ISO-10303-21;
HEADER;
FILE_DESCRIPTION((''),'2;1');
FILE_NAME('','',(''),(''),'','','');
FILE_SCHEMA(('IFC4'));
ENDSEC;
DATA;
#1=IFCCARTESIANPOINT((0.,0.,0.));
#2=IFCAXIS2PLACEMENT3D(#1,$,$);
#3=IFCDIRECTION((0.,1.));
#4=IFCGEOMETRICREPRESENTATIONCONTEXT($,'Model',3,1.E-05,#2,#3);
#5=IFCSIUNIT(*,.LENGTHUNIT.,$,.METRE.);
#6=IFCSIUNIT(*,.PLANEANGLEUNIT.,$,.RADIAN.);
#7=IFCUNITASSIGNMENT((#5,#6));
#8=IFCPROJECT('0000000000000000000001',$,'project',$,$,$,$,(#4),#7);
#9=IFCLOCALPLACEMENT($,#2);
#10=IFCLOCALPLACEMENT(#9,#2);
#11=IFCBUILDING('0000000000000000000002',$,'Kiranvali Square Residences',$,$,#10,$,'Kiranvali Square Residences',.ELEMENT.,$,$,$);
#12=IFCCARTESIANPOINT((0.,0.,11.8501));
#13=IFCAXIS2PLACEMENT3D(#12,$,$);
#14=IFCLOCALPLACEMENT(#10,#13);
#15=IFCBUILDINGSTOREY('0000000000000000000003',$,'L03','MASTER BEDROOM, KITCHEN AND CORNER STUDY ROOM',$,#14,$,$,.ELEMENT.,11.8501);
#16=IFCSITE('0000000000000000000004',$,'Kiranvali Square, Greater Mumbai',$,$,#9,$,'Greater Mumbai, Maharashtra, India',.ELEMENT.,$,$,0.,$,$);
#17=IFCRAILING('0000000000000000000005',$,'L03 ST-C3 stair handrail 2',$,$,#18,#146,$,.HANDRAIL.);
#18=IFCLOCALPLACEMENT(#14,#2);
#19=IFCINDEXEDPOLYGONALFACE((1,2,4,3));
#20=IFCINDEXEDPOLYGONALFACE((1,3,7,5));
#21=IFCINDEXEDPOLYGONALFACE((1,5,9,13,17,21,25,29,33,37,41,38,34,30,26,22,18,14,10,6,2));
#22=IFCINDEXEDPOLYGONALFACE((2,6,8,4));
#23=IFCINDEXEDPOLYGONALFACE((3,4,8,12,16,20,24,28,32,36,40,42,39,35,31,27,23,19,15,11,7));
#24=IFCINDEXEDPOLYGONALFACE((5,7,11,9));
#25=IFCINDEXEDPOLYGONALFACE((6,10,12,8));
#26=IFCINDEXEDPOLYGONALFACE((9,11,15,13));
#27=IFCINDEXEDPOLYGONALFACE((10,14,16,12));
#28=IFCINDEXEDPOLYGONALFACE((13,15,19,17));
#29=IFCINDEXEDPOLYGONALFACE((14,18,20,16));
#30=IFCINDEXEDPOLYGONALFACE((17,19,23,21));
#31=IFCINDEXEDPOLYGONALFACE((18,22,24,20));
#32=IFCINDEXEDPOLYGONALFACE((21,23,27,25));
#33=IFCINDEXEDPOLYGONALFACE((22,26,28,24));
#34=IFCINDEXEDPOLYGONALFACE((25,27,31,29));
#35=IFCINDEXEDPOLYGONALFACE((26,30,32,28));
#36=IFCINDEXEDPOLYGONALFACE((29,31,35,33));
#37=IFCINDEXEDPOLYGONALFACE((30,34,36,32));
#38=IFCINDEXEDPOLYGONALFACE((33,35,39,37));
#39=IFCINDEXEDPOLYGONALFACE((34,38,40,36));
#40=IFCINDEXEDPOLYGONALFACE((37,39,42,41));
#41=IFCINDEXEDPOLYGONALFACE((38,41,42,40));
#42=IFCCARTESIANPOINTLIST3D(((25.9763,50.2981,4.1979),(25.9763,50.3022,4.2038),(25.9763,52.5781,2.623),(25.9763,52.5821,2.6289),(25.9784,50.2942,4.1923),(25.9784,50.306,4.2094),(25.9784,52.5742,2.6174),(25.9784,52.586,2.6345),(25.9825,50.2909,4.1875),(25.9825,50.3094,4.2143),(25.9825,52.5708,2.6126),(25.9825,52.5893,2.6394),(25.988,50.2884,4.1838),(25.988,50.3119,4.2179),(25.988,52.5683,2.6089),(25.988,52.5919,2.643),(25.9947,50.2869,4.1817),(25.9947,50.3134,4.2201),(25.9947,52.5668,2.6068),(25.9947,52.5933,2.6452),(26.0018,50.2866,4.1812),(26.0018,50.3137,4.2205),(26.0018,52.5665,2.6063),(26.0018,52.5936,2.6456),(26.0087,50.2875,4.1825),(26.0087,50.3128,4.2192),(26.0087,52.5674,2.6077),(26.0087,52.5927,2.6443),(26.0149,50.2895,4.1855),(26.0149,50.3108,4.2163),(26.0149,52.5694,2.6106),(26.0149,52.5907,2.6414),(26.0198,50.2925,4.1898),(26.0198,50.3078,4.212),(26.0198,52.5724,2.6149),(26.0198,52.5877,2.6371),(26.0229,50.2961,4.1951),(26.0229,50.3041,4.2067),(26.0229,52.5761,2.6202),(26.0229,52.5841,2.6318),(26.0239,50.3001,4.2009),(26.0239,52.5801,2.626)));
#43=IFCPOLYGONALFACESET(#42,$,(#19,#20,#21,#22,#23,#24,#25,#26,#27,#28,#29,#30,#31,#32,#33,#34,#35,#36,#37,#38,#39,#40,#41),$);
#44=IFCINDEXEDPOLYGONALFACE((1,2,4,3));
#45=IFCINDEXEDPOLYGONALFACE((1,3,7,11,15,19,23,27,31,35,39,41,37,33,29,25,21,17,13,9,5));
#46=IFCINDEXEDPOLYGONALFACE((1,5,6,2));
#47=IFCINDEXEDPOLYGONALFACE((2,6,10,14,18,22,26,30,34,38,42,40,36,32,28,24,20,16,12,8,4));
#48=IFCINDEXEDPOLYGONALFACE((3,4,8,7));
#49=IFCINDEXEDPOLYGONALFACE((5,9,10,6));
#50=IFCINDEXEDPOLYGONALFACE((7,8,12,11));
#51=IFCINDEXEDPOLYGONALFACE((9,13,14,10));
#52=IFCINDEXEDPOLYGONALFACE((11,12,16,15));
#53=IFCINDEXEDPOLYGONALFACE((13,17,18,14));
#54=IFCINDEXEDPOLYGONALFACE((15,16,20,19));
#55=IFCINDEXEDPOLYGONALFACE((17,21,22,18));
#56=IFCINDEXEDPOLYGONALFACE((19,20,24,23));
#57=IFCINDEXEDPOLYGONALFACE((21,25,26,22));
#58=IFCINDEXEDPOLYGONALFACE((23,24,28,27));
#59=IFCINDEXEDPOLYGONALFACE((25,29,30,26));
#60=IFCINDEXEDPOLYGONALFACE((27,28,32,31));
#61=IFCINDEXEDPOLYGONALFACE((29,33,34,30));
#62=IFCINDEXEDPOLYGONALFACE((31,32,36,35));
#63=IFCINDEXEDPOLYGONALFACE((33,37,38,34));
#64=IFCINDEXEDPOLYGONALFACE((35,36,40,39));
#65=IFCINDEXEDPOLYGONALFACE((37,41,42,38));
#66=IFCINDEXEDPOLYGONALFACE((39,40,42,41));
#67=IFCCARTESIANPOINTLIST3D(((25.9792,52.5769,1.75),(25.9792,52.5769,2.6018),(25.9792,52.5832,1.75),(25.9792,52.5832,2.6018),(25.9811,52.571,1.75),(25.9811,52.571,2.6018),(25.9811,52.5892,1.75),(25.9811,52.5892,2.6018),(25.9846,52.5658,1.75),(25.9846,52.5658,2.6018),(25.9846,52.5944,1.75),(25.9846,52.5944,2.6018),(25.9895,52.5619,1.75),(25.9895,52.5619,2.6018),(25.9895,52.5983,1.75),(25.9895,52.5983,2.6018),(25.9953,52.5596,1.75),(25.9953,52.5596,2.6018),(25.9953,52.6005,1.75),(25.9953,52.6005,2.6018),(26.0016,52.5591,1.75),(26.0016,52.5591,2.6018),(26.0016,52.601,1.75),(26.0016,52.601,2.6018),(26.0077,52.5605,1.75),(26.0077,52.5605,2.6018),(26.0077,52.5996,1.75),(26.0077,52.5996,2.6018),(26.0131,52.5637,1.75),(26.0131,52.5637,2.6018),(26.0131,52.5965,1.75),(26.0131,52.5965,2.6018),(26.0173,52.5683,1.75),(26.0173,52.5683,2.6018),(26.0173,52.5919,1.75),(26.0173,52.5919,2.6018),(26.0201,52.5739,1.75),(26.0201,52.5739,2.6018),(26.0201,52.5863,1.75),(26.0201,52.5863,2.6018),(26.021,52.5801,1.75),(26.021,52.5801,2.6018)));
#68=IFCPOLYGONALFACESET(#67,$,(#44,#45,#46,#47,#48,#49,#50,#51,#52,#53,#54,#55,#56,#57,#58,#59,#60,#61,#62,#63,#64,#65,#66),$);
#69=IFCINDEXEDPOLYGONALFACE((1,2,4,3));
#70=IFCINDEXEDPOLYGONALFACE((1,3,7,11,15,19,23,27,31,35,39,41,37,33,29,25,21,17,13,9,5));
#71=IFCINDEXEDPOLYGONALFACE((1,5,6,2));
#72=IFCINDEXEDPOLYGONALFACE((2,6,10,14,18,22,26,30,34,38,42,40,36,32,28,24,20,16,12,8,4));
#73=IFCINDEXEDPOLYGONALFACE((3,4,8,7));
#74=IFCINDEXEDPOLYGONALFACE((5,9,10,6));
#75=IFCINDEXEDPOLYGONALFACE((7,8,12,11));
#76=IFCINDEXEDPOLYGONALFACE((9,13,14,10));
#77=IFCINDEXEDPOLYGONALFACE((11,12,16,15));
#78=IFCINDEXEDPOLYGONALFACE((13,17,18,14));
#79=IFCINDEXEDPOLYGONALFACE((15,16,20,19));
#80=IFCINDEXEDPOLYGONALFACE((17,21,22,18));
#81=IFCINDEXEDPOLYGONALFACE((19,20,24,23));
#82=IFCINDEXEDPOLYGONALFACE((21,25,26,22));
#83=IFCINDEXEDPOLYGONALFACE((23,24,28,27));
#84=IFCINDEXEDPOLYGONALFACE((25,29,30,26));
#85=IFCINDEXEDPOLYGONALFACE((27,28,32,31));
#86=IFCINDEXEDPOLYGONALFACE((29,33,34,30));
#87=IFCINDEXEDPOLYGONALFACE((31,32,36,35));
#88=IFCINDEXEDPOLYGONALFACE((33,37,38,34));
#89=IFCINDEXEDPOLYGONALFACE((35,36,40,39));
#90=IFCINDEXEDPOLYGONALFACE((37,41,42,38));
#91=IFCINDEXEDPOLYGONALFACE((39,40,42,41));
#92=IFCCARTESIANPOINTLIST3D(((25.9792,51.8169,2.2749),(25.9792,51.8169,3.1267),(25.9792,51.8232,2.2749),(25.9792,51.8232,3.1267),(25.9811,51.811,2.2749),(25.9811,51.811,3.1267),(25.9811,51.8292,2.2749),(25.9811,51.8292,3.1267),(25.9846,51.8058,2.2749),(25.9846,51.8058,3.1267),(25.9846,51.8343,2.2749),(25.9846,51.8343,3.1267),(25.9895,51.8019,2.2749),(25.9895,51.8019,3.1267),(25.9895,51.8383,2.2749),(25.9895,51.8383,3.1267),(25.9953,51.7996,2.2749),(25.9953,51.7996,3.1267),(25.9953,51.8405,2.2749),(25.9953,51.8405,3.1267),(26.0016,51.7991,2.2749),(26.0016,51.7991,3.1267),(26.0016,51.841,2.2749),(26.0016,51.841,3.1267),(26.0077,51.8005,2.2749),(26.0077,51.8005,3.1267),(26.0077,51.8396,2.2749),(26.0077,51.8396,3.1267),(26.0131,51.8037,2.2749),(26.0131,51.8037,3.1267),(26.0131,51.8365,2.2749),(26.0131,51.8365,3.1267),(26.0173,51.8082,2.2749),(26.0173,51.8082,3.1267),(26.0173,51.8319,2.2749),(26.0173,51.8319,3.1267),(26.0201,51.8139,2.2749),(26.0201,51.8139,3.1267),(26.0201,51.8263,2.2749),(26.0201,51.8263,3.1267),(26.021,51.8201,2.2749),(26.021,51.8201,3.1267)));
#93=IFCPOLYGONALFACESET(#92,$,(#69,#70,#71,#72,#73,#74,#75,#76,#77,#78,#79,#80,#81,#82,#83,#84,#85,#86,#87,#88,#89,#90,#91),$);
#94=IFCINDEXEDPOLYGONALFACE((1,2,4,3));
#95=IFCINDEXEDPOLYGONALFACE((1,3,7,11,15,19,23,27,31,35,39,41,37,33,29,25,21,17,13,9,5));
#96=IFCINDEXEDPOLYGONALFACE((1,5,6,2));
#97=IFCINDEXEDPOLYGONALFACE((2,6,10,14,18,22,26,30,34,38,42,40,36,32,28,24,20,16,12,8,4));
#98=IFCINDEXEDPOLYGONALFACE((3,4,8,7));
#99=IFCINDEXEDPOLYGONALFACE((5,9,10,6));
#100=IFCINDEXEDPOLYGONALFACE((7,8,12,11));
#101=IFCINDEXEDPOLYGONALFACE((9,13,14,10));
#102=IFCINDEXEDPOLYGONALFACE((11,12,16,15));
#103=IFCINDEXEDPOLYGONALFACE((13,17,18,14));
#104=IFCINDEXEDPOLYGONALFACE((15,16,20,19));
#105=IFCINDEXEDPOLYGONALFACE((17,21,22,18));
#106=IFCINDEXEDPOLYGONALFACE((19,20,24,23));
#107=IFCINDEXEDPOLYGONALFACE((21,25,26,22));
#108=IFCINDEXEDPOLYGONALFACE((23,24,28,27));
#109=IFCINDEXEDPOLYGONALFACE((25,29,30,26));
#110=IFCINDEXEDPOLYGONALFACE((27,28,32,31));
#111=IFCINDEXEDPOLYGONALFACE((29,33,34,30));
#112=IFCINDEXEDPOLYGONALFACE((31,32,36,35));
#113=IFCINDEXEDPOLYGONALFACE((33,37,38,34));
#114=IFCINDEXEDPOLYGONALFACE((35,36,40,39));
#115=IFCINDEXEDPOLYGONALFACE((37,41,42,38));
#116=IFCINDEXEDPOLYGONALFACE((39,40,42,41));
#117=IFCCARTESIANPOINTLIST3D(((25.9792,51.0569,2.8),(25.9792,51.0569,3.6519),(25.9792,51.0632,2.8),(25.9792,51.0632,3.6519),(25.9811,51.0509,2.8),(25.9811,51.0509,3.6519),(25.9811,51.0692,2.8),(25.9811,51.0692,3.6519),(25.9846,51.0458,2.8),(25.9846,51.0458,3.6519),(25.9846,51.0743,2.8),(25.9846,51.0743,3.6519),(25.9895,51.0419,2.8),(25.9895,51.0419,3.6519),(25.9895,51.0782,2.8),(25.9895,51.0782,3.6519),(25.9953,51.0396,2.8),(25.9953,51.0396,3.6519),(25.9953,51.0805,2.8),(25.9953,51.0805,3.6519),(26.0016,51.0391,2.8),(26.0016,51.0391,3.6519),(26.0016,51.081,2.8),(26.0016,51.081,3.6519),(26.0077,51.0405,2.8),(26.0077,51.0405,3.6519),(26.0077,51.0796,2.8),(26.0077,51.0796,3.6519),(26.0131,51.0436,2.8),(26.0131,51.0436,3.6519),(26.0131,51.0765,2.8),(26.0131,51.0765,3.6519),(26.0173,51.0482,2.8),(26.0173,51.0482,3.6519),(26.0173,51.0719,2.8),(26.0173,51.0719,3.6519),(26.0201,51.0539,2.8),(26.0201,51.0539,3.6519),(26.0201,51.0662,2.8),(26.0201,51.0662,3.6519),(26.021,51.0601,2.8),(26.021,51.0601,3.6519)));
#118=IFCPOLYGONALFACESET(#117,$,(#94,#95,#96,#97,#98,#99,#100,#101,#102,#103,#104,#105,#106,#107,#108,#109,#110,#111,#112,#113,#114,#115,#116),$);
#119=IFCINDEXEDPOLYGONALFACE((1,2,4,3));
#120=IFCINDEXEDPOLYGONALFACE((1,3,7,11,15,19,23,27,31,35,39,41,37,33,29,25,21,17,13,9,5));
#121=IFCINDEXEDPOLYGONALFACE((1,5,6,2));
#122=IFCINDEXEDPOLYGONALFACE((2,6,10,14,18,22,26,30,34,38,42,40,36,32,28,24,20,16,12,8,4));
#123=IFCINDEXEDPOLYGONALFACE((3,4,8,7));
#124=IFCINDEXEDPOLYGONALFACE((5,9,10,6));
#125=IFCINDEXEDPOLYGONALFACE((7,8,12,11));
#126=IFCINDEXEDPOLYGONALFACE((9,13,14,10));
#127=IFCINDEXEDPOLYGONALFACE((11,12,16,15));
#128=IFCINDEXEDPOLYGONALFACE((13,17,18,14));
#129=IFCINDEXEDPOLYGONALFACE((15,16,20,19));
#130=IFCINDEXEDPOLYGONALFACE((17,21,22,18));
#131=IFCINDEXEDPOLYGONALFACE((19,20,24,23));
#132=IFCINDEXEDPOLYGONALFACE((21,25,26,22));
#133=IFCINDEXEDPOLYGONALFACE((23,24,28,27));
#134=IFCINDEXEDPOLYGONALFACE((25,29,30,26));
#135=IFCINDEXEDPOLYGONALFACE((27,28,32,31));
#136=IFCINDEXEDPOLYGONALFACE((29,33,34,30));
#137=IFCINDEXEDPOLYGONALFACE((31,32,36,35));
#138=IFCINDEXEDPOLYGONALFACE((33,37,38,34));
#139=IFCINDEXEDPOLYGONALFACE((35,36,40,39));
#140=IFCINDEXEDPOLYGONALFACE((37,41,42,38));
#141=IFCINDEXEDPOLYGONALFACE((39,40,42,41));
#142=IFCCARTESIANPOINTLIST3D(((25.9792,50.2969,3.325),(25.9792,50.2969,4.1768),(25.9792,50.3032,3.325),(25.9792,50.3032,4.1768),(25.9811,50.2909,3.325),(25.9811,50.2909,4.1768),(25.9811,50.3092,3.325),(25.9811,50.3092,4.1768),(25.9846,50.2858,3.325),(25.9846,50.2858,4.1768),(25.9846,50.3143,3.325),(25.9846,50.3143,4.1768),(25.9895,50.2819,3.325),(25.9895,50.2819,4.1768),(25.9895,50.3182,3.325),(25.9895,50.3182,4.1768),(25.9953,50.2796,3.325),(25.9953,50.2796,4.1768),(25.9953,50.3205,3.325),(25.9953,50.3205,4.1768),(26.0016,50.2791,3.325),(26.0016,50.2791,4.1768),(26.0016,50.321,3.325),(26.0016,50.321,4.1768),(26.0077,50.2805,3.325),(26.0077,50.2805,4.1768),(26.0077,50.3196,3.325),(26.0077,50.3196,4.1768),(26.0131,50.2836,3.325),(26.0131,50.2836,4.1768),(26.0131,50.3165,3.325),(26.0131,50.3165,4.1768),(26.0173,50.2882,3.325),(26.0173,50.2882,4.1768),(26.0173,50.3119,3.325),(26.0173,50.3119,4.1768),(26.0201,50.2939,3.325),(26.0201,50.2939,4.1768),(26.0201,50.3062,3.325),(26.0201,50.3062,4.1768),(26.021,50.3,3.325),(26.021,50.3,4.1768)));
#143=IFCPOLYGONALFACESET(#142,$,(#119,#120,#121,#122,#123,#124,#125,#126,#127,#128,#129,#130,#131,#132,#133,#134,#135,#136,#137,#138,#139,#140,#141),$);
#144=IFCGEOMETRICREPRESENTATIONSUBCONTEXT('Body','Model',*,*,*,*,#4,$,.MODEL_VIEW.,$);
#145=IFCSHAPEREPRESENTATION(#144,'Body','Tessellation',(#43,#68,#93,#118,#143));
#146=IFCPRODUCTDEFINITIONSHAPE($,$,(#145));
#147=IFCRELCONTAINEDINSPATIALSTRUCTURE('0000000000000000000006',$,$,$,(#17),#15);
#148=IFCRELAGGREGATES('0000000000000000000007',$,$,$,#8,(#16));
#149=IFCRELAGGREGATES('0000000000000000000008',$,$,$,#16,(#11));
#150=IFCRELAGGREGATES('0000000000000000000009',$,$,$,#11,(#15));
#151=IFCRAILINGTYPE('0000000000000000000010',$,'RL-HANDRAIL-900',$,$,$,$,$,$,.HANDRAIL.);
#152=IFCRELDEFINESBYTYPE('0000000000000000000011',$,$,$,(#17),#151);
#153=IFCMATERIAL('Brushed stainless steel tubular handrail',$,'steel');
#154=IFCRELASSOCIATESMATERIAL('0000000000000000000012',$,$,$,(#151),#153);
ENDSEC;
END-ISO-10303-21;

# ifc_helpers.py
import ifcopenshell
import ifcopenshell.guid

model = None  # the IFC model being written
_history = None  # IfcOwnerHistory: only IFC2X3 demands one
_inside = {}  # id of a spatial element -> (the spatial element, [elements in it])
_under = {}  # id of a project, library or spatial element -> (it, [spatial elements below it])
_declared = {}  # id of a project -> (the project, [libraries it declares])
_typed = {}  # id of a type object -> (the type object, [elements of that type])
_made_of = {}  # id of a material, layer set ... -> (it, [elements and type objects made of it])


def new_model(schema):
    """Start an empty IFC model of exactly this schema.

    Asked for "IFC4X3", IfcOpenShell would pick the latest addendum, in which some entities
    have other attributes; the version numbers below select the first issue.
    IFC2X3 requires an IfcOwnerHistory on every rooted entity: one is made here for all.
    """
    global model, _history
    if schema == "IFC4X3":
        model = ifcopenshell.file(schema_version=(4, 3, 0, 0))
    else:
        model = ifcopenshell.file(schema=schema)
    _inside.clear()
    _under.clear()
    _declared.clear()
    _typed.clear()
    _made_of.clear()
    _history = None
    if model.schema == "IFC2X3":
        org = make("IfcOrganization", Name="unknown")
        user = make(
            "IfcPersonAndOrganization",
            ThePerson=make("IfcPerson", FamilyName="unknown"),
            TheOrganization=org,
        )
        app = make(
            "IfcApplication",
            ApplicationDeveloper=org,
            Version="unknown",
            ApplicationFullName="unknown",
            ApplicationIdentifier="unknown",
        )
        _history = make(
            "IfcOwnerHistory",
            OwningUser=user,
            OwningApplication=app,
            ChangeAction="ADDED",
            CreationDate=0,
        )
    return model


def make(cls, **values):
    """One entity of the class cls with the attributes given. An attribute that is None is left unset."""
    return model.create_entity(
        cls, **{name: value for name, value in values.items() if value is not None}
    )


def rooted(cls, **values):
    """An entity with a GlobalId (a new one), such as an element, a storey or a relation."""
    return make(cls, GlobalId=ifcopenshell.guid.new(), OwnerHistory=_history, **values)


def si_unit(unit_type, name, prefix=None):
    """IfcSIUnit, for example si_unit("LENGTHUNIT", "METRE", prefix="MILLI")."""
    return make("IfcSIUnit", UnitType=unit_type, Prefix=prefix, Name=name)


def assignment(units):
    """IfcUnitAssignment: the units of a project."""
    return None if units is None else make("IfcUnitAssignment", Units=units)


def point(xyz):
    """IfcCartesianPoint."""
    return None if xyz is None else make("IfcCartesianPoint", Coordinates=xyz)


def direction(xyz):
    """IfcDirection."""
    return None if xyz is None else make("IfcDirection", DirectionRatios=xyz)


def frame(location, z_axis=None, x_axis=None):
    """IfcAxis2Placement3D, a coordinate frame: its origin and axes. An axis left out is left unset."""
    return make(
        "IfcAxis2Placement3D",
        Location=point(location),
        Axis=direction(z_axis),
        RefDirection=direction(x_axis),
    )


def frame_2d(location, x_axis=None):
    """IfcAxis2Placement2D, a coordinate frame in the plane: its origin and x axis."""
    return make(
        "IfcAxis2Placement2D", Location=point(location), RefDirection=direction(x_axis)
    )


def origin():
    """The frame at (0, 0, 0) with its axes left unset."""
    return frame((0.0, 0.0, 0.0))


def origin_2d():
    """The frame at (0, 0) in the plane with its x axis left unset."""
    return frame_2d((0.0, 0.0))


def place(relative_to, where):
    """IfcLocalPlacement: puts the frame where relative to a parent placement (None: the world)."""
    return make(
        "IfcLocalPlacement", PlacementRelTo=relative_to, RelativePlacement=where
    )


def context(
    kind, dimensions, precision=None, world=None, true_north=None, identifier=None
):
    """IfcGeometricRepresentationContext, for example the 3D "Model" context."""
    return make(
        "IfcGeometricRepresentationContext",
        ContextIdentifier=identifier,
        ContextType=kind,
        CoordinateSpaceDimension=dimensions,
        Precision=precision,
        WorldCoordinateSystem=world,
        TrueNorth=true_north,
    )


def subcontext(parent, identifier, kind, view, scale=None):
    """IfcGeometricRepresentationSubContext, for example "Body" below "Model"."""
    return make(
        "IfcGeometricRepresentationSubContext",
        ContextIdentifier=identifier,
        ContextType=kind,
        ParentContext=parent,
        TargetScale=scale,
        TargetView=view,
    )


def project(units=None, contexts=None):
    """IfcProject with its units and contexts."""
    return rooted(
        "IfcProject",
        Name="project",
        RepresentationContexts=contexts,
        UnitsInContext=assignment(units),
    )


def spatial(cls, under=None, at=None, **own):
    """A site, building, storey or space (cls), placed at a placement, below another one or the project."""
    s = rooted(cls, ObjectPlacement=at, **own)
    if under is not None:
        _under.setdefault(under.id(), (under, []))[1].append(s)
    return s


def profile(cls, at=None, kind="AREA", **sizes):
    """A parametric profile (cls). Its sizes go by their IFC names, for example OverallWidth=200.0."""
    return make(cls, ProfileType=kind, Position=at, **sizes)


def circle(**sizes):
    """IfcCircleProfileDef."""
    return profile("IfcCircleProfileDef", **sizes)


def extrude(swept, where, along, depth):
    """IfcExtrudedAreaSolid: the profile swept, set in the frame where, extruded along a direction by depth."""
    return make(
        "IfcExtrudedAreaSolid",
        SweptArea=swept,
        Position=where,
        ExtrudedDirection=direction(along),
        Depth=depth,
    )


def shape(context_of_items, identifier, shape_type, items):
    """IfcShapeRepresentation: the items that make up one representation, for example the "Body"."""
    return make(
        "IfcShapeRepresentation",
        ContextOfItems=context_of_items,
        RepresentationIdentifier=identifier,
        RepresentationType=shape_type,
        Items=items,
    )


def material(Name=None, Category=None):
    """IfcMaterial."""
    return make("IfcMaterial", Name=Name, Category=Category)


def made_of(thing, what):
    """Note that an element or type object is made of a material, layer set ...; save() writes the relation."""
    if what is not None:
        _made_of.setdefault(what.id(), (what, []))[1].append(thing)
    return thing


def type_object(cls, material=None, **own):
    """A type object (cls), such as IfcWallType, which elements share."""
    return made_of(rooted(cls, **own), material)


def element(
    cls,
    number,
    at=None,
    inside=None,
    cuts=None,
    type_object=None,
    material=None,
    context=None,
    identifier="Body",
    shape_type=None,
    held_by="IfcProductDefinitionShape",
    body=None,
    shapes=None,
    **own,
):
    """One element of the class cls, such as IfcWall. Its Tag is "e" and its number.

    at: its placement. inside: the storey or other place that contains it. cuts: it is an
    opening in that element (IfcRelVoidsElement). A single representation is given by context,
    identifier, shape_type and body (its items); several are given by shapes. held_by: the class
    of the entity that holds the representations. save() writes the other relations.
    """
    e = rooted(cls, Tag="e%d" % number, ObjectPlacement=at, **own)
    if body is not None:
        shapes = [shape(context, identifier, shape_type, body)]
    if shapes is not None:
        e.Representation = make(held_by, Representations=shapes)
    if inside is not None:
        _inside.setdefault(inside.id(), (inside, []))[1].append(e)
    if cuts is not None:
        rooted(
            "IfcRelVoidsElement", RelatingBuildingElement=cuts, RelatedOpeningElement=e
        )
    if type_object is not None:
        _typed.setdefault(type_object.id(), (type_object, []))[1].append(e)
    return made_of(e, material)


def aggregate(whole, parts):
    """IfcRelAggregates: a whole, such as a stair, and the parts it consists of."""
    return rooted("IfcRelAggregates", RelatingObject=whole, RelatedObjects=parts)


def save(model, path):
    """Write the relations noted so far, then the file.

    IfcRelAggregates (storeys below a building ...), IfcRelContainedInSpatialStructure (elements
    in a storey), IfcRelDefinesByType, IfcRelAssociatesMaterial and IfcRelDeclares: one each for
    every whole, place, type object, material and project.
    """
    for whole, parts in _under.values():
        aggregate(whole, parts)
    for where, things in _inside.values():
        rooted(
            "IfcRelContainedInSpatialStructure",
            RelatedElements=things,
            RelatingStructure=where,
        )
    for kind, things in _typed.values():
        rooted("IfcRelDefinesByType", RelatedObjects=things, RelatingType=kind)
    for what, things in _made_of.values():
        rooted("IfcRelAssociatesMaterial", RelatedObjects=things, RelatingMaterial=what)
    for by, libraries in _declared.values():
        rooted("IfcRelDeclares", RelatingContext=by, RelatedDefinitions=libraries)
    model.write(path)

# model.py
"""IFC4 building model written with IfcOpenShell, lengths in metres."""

from ifc_helpers import new_model, si_unit, direction, frame, origin, origin_2d, place, context, subcontext, project, spatial, circle, extrude, material, type_object, element, save


model = new_model("IFC4")

# Units and contexts
model_context = context("Model", 3, precision=1e-05, world=origin(), true_north=direction((0.0, 1.0)))
body_context = subcontext(model_context, "Body", "Model", "MODEL_VIEW")
ifc_project = project(units=[si_unit("LENGTHUNIT", "METRE"), si_unit("PLANEANGLEUNIT", "RADIAN")], contexts=[model_context])

# Site, building, storey
site_placement = place(None, origin())
site = spatial("IfcSite", under=ifc_project, at=site_placement, Name="Kiranvali Square, Greater Mumbai", LongName="Greater Mumbai, Maharashtra, India", CompositionType="ELEMENT", RefElevation=0.0)
building_placement = place(site_placement, origin())
building = spatial("IfcBuilding", under=site, at=building_placement, Name="Kiranvali Square Residences", LongName="Kiranvali Square Residences", CompositionType="ELEMENT")
storey_placement = place(building_placement, frame((0.0, 0.0, 11.8501)))
storey = spatial("IfcBuildingStorey", under=building, at=storey_placement, Name="L03", Description="MASTER BEDROOM, KITCHEN AND CORNER STUDY ROOM", CompositionType="ELEMENT", Elevation=11.8501)

# Railing
ifc_material_1 = material(Name="Brushed stainless steel tubular handrail", Category="steel")
railing_type_1 = type_object("IfcRailingType", Name="RL-HANDRAIL-900", PredefinedType="HANDRAIL", material=ifc_material_1)
railing_1_placement = place(storey_placement, frame((26.0, 52.5801, 1.75)))
element("IfcRailing", 1, at=railing_1_placement, inside=storey, type_object=railing_type_1, Name="L03 ST-C3 stair handrail 2", PredefinedType="HANDRAIL", context=body_context, shape_type="SweptSolid", body=[
    extrude(circle(Radius=0.0239, at=origin_2d()), frame((0.0, 0.0, 0.876), z_axis=(0.0, -0.822788, 0.568348), x_axis=(1.0, 0.0, 0.0)), (0.0, 0.0, 1.0), 2.771),
    extrude(circle(Radius=0.021, at=origin_2d()), origin(), (0.0, 0.0, 1.0), 0.8518),
    extrude(circle(Radius=0.021, at=origin_2d()), frame((0.0, -0.76, 0.5249)), (0.0, 0.0, 1.0), 0.8518),
    extrude(circle(Radius=0.021, at=origin_2d()), frame((0.0, -1.52, 1.05)), (0.0, 0.0, 1.0), 0.8518),
    extrude(circle(Radius=0.021, at=origin_2d()), frame((0.0, -2.28, 1.575)), (0.0, 0.0, 1.0), 0.8518),
])

save(model, "model.ifc")
